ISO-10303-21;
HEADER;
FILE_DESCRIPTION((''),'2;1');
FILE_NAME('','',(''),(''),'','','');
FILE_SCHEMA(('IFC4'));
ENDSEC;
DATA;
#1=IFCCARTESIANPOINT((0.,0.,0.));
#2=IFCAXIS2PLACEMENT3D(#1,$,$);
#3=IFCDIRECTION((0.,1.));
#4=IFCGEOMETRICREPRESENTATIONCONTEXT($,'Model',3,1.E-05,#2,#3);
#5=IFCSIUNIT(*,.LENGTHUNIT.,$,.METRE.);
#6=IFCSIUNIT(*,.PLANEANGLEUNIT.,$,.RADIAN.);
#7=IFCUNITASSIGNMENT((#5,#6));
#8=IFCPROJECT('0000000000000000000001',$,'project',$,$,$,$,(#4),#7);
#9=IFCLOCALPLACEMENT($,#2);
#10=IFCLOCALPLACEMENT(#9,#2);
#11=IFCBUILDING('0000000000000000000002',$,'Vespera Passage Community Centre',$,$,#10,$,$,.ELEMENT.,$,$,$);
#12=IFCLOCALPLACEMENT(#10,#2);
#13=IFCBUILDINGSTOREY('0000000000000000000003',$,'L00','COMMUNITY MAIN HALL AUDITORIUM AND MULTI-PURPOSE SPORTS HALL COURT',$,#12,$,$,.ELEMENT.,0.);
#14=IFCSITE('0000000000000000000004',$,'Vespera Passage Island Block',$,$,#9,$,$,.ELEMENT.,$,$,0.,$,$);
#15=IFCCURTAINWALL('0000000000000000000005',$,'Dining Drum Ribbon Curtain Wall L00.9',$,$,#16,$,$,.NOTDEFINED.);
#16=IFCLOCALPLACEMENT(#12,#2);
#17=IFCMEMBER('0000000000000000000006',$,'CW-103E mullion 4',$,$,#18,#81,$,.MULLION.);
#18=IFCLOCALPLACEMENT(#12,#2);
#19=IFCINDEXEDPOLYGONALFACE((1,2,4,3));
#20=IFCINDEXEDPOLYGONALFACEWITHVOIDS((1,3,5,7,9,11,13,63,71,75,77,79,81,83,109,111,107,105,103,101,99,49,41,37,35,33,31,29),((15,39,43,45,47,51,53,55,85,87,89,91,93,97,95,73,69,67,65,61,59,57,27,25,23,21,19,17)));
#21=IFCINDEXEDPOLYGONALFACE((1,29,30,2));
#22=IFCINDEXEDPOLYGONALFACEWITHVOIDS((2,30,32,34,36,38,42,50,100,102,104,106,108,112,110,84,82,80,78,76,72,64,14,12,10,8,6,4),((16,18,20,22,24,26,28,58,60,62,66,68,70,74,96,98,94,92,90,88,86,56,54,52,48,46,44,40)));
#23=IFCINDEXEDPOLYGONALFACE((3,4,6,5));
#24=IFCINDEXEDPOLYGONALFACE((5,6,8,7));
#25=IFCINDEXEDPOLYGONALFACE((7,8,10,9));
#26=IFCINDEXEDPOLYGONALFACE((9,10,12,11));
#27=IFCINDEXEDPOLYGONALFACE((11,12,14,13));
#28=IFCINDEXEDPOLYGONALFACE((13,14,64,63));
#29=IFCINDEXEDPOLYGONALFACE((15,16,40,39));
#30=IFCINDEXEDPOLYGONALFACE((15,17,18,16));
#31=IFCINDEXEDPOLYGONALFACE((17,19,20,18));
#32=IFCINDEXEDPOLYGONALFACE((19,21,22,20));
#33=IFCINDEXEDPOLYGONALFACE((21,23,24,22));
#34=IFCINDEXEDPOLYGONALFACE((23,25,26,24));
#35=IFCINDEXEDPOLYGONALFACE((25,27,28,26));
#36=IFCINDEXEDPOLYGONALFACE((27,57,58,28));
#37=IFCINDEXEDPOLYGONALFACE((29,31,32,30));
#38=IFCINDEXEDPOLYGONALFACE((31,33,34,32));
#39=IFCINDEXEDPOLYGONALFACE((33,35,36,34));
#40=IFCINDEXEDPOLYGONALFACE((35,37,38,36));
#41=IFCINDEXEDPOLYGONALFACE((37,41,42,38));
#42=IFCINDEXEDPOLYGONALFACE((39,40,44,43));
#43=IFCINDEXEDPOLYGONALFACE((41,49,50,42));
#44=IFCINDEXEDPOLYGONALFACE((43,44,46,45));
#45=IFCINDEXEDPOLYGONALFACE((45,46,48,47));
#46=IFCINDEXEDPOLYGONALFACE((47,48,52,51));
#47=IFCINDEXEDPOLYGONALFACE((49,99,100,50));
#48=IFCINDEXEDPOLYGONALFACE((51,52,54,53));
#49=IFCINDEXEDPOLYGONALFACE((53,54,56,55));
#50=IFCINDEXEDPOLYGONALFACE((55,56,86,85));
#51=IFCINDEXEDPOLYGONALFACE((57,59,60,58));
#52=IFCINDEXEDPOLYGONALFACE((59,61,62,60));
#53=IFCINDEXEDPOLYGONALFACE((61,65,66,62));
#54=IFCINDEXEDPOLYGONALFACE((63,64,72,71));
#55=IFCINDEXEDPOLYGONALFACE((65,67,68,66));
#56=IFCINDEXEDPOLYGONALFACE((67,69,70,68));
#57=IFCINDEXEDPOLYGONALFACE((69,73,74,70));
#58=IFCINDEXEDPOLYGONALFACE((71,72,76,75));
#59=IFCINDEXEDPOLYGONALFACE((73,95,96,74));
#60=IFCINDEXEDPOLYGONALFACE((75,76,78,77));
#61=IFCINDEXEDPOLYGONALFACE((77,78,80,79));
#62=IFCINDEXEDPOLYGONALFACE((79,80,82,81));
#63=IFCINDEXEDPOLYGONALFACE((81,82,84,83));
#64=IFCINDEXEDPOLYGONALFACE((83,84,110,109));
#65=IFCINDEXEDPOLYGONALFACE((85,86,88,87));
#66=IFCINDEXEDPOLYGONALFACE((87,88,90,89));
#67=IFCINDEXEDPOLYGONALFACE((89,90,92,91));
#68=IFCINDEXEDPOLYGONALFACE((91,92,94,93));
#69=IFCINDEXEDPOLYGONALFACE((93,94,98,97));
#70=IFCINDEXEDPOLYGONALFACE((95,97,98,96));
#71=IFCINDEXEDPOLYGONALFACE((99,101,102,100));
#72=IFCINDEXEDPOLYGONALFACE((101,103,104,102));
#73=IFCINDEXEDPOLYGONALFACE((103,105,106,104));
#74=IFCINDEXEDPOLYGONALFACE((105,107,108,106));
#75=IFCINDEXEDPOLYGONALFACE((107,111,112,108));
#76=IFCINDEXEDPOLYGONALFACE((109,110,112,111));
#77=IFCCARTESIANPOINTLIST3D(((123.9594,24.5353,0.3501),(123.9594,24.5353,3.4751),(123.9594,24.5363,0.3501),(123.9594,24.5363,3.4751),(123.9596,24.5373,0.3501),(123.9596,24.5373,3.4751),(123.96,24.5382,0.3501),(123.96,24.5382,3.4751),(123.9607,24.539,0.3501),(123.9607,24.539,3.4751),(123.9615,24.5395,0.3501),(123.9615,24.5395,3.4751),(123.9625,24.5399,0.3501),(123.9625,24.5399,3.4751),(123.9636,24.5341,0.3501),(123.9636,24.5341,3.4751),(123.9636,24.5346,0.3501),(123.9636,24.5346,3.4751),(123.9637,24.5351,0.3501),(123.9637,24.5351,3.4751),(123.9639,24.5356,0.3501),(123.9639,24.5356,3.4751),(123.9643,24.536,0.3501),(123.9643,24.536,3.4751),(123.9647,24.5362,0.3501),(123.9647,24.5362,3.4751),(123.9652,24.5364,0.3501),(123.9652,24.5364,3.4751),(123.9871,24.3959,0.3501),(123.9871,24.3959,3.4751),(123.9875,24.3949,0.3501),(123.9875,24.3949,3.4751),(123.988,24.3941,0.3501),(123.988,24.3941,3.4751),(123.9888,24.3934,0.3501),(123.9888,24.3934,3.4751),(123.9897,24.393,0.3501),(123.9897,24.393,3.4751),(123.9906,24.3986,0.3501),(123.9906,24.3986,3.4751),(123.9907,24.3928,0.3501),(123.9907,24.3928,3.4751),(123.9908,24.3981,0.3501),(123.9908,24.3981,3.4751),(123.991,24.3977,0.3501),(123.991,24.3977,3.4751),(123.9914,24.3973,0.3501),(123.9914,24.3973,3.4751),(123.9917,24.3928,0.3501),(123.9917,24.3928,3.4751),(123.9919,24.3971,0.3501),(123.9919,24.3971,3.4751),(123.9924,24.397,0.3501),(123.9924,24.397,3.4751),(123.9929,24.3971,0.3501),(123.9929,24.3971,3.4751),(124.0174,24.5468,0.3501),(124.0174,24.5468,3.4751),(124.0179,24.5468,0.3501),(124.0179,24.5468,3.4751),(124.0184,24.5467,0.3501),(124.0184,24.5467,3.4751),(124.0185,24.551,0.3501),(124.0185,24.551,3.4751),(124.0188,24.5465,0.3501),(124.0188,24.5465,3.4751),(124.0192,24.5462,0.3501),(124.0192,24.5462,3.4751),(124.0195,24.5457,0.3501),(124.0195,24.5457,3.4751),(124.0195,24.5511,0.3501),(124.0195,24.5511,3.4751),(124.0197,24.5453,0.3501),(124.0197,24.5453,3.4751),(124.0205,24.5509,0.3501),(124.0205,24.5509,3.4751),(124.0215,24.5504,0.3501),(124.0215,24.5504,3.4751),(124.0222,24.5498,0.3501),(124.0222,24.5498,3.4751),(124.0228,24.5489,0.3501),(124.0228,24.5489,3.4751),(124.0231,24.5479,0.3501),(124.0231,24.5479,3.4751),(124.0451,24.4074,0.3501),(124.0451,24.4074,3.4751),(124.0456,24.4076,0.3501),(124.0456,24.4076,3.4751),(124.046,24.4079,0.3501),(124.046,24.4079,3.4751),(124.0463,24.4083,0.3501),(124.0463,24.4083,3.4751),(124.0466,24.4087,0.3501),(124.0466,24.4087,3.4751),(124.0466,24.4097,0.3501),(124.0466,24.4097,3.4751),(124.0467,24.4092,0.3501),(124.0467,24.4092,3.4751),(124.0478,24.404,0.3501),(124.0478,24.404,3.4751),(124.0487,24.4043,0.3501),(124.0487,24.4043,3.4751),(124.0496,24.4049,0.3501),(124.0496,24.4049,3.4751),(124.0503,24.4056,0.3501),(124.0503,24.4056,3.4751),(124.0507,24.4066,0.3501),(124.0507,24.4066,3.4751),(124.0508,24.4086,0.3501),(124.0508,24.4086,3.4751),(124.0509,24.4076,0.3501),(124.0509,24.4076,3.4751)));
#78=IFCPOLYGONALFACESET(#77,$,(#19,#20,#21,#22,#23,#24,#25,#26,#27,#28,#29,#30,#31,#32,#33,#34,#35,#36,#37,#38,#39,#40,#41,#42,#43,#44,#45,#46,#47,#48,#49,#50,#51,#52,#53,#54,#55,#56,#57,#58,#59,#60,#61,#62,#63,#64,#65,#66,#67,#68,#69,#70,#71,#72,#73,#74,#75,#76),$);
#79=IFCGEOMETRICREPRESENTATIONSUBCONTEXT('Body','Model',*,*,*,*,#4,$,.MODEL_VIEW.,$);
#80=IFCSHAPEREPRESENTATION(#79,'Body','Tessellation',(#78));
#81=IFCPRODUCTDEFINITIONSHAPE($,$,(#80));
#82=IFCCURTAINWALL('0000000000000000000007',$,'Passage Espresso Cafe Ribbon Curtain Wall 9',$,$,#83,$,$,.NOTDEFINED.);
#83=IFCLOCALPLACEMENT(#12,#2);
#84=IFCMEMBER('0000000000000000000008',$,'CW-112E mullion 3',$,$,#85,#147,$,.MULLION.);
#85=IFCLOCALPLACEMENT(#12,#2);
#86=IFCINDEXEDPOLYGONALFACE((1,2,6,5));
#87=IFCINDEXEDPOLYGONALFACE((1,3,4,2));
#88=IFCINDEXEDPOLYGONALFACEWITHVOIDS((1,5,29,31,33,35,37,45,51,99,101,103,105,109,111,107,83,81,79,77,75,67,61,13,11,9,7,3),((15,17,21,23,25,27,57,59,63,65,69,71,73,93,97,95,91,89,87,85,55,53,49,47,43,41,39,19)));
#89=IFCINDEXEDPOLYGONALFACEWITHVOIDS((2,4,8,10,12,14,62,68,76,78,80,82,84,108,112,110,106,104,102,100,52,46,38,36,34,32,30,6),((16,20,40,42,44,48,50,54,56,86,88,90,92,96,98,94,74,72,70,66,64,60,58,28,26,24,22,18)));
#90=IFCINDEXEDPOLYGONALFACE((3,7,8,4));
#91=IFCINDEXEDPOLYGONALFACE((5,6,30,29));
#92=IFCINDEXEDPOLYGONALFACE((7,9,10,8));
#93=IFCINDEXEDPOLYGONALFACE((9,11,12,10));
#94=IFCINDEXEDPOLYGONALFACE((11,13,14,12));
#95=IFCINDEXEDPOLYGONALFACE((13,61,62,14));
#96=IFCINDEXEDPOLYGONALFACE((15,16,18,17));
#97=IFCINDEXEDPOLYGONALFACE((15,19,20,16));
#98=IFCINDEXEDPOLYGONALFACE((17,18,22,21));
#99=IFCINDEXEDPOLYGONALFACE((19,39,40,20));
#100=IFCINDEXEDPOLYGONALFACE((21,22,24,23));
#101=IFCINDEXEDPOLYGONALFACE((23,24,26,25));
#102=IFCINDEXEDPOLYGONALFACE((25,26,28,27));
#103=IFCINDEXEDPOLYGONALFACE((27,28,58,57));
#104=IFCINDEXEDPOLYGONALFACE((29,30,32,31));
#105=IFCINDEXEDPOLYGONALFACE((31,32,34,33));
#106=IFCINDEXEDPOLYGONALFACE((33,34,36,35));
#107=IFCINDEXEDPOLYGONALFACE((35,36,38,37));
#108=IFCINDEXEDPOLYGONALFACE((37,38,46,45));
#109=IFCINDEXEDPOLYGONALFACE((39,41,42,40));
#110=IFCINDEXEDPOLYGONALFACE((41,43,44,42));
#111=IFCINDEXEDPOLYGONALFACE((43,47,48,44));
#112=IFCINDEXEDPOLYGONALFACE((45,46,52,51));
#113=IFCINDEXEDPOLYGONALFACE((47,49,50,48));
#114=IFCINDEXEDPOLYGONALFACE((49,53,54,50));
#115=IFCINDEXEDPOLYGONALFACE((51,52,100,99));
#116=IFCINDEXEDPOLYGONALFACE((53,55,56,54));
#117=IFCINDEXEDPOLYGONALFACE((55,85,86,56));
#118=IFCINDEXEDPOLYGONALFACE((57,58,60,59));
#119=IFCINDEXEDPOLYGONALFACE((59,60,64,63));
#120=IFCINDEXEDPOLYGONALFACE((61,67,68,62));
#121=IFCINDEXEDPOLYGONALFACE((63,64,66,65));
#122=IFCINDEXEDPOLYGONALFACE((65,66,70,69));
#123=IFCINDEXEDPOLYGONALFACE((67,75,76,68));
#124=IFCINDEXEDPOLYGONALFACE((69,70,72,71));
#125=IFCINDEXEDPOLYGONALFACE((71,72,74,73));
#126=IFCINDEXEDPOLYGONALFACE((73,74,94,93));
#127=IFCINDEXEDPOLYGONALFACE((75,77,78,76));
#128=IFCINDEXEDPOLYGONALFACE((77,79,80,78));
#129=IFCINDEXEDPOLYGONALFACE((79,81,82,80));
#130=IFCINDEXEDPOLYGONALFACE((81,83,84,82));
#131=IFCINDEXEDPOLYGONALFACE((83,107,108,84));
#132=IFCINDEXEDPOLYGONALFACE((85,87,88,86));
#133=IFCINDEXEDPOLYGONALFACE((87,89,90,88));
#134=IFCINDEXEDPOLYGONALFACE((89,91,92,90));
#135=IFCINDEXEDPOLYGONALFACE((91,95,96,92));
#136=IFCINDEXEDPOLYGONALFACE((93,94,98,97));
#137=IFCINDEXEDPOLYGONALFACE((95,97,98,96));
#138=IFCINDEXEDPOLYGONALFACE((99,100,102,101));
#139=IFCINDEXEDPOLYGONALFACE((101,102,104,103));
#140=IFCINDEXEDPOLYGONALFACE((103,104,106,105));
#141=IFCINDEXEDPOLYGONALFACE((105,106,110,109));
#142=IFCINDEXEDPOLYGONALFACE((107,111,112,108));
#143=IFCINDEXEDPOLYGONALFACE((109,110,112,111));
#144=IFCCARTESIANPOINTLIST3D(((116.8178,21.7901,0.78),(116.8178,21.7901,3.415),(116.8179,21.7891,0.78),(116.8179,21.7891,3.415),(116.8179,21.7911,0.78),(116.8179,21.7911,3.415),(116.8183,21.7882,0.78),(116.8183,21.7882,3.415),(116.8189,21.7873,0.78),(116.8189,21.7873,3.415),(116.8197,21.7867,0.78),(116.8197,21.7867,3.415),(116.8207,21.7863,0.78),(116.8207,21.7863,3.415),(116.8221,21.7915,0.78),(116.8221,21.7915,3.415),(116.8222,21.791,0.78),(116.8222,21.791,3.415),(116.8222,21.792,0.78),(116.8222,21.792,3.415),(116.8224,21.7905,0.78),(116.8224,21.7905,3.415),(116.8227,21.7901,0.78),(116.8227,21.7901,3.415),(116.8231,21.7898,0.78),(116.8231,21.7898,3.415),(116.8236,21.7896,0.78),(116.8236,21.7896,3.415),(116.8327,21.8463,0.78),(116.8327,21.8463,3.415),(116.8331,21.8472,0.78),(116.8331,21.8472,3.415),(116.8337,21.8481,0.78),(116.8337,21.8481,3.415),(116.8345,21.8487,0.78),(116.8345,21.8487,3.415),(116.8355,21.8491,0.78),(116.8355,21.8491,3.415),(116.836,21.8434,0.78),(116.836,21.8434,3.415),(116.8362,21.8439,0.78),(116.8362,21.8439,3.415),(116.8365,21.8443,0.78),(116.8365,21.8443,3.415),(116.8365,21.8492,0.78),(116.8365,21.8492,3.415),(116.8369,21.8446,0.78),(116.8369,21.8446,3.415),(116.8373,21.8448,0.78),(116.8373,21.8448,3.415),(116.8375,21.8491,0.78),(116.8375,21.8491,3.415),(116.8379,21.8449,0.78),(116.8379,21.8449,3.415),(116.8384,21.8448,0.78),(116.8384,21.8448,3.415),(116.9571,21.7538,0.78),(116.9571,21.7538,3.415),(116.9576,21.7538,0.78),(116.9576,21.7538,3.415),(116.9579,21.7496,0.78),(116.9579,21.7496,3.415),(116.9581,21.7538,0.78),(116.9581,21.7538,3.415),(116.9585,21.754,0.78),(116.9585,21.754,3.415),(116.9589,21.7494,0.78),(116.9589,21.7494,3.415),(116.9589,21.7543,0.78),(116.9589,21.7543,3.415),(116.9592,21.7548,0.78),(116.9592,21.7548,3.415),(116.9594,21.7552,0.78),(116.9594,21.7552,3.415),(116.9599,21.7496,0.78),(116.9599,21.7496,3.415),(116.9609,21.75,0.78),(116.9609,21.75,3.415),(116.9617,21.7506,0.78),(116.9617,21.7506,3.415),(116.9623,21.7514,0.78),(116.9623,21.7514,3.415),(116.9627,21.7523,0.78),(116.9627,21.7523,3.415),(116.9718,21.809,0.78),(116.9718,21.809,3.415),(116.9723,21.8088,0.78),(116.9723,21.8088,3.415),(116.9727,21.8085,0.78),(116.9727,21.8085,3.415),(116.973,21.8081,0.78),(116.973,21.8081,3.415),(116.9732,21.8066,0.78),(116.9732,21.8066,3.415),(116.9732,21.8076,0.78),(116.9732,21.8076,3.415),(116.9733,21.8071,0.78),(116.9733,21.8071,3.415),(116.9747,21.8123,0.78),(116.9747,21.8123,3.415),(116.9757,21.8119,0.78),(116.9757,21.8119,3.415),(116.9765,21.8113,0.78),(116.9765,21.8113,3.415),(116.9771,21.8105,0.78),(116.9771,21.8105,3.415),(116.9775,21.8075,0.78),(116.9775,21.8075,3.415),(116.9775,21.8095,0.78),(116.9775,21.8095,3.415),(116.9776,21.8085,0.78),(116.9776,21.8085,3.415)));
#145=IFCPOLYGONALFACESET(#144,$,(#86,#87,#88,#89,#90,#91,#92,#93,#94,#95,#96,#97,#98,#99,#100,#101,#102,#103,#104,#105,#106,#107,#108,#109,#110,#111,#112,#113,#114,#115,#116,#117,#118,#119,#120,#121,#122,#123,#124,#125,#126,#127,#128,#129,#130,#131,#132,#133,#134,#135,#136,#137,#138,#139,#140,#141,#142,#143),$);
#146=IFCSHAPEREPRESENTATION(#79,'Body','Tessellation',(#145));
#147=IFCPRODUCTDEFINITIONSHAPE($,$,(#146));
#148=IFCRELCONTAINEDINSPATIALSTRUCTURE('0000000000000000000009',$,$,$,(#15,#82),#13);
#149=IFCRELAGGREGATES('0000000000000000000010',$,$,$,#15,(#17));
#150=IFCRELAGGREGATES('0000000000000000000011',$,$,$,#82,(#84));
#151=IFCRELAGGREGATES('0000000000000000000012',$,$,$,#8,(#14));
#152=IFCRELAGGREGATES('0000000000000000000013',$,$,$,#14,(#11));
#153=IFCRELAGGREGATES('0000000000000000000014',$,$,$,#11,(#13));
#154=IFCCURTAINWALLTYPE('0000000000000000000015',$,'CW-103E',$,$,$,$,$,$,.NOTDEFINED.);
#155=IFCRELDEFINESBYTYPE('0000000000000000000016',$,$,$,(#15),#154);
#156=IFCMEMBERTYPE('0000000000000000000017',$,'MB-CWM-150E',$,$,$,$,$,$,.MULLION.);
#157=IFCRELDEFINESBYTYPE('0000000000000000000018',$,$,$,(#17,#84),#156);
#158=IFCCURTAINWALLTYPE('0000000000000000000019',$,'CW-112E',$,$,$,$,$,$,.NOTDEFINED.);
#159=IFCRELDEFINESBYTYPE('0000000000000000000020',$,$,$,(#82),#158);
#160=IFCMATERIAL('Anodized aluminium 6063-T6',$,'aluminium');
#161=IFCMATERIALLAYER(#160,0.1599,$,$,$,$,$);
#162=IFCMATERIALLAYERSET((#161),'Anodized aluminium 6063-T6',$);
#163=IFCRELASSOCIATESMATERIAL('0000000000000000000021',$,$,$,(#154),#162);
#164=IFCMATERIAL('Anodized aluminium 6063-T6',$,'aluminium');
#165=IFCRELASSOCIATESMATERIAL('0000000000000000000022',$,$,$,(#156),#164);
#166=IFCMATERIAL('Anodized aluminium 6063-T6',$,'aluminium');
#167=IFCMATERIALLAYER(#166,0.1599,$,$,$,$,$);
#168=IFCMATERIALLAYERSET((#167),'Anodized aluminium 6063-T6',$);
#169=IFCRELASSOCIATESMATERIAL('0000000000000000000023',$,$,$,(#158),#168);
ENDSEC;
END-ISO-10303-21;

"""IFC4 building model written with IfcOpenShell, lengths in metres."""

from ifc_helpers import new_model, si_unit, direction, frame, origin, origin_2d, place, context, subcontext, project, spatial, hollow_rectangle, extrude, material, layer, layer_set, material_profile, profile_set, type_object, element, aggregate, save


model = new_model("IFC4")

# Units and contexts
model_context = context("Model", 3, precision=1e-05, world=origin(), true_north=direction((0.0, 1.0)))
body_context = subcontext(model_context, "Body", "Model", "MODEL_VIEW")
ifc_project = project(units=[si_unit("LENGTHUNIT", "METRE"), si_unit("PLANEANGLEUNIT", "RADIAN")], contexts=[model_context])

# Site, building, storey
site_placement = place(None, origin())
site = spatial("IfcSite", under=ifc_project, at=site_placement, Name="Vespera Passage Island Block", CompositionType="ELEMENT", RefElevation=0.0)
building_placement = place(site_placement, origin())
building = spatial("IfcBuilding", under=site, at=building_placement, Name="Vespera Passage Community Centre", CompositionType="ELEMENT")
storey_placement = place(building_placement, origin())
storey = spatial("IfcBuildingStorey", under=building, at=storey_placement, Name="L00", Description="COMMUNITY MAIN HALL AUDITORIUM AND MULTI-PURPOSE SPORTS HALL COURT", CompositionType="ELEMENT", Elevation=0.0)

# Curtain walls, members
ifc_material_1 = material(Name="Anodized aluminium 6063-T6", Category="aluminium")
ifc_layer_1 = layer(ifc_material_1, 0.1599)
ifc_layer_set_1 = layer_set([ifc_layer_1], Name="Anodized aluminium 6063-T6")
curtain_wall_type_1 = type_object("IfcCurtainWallType", Name="CW-103E", PredefinedType="NOTDEFINED", material=ifc_layer_set_1)
curtain_wall_1_placement = place(storey_placement, origin())
curtain_wall_1 = element("IfcCurtainWall", 1, at=curtain_wall_1_placement, inside=storey, type_object=curtain_wall_type_1, Name="Dining Drum Ribbon Curtain Wall L00.9", PredefinedType="NOTDEFINED")
ifc_material_2 = material(Name="Anodized aluminium 6063-T6", Category="aluminium")
ifc_material_profile_1 = material_profile(ifc_material_2, hollow_rectangle(XDim=0.0649, YDim=0.1499, WallThickness=0.0039, InnerFilletRadius=0.002, OuterFilletRadius=0.0039, at=origin_2d()), Name="ALU150X65X4")
ifc_profile_set_1 = profile_set([ifc_material_profile_1], Name="Anodized aluminium 6063-T6")
member_type_1 = type_object("IfcMemberType", Name="MB-CWM-150E", PredefinedType="MULLION", material=ifc_profile_set_1)
member_1_placement = place(storey_placement, frame((124.0051, 24.4719, 0.3501), z_axis=(0.0, 0.0, 1.0), x_axis=(-0.980784, -0.195097, 0.0)))
member_1 = element("IfcMember", 2, at=member_1_placement, type_object=member_type_1, Name="CW-103E mullion 4", PredefinedType="MULLION", context=body_context, shape_type="SweptSolid", body=[
    extrude(hollow_rectangle(XDim=0.0649, YDim=0.1499, WallThickness=0.0039, InnerFilletRadius=0.002, OuterFilletRadius=0.0039, at=origin_2d()), origin(), (0.0, 0.0, 1.0), 3.125),
])
ifc_material_3 = material(Name="Anodized aluminium 6063-T6", Category="aluminium")
ifc_layer_2 = layer(ifc_material_3, 0.1599)
ifc_layer_set_2 = layer_set([ifc_layer_2], Name="Anodized aluminium 6063-T6")
curtain_wall_type_2 = type_object("IfcCurtainWallType", Name="CW-112E", PredefinedType="NOTDEFINED", material=ifc_layer_set_2)
curtain_wall_2_placement = place(storey_placement, origin())
curtain_wall_2 = element("IfcCurtainWall", 3, at=curtain_wall_2_placement, inside=storey, type_object=curtain_wall_type_2, Name="Passage Espresso Cafe Ribbon Curtain Wall 9", PredefinedType="NOTDEFINED")
member_2_placement = place(storey_placement, frame((116.8977, 21.7993, 0.78), z_axis=(0.0, 0.0, 1.0), x_axis=(-0.258807, -0.965929, 0.0)))
member_2 = element("IfcMember", 4, at=member_2_placement, type_object=member_type_1, Name="CW-112E mullion 3", PredefinedType="MULLION", context=body_context, shape_type="SweptSolid", body=[
    extrude(hollow_rectangle(XDim=0.0649, YDim=0.1499, WallThickness=0.0039, InnerFilletRadius=0.002, OuterFilletRadius=0.0039, at=origin_2d()), origin(), (0.0, 0.0, 1.0), 2.635),
])

aggregate(curtain_wall_1, [member_1])
aggregate(curtain_wall_2, [member_2])

save(model, "model.ifc")
